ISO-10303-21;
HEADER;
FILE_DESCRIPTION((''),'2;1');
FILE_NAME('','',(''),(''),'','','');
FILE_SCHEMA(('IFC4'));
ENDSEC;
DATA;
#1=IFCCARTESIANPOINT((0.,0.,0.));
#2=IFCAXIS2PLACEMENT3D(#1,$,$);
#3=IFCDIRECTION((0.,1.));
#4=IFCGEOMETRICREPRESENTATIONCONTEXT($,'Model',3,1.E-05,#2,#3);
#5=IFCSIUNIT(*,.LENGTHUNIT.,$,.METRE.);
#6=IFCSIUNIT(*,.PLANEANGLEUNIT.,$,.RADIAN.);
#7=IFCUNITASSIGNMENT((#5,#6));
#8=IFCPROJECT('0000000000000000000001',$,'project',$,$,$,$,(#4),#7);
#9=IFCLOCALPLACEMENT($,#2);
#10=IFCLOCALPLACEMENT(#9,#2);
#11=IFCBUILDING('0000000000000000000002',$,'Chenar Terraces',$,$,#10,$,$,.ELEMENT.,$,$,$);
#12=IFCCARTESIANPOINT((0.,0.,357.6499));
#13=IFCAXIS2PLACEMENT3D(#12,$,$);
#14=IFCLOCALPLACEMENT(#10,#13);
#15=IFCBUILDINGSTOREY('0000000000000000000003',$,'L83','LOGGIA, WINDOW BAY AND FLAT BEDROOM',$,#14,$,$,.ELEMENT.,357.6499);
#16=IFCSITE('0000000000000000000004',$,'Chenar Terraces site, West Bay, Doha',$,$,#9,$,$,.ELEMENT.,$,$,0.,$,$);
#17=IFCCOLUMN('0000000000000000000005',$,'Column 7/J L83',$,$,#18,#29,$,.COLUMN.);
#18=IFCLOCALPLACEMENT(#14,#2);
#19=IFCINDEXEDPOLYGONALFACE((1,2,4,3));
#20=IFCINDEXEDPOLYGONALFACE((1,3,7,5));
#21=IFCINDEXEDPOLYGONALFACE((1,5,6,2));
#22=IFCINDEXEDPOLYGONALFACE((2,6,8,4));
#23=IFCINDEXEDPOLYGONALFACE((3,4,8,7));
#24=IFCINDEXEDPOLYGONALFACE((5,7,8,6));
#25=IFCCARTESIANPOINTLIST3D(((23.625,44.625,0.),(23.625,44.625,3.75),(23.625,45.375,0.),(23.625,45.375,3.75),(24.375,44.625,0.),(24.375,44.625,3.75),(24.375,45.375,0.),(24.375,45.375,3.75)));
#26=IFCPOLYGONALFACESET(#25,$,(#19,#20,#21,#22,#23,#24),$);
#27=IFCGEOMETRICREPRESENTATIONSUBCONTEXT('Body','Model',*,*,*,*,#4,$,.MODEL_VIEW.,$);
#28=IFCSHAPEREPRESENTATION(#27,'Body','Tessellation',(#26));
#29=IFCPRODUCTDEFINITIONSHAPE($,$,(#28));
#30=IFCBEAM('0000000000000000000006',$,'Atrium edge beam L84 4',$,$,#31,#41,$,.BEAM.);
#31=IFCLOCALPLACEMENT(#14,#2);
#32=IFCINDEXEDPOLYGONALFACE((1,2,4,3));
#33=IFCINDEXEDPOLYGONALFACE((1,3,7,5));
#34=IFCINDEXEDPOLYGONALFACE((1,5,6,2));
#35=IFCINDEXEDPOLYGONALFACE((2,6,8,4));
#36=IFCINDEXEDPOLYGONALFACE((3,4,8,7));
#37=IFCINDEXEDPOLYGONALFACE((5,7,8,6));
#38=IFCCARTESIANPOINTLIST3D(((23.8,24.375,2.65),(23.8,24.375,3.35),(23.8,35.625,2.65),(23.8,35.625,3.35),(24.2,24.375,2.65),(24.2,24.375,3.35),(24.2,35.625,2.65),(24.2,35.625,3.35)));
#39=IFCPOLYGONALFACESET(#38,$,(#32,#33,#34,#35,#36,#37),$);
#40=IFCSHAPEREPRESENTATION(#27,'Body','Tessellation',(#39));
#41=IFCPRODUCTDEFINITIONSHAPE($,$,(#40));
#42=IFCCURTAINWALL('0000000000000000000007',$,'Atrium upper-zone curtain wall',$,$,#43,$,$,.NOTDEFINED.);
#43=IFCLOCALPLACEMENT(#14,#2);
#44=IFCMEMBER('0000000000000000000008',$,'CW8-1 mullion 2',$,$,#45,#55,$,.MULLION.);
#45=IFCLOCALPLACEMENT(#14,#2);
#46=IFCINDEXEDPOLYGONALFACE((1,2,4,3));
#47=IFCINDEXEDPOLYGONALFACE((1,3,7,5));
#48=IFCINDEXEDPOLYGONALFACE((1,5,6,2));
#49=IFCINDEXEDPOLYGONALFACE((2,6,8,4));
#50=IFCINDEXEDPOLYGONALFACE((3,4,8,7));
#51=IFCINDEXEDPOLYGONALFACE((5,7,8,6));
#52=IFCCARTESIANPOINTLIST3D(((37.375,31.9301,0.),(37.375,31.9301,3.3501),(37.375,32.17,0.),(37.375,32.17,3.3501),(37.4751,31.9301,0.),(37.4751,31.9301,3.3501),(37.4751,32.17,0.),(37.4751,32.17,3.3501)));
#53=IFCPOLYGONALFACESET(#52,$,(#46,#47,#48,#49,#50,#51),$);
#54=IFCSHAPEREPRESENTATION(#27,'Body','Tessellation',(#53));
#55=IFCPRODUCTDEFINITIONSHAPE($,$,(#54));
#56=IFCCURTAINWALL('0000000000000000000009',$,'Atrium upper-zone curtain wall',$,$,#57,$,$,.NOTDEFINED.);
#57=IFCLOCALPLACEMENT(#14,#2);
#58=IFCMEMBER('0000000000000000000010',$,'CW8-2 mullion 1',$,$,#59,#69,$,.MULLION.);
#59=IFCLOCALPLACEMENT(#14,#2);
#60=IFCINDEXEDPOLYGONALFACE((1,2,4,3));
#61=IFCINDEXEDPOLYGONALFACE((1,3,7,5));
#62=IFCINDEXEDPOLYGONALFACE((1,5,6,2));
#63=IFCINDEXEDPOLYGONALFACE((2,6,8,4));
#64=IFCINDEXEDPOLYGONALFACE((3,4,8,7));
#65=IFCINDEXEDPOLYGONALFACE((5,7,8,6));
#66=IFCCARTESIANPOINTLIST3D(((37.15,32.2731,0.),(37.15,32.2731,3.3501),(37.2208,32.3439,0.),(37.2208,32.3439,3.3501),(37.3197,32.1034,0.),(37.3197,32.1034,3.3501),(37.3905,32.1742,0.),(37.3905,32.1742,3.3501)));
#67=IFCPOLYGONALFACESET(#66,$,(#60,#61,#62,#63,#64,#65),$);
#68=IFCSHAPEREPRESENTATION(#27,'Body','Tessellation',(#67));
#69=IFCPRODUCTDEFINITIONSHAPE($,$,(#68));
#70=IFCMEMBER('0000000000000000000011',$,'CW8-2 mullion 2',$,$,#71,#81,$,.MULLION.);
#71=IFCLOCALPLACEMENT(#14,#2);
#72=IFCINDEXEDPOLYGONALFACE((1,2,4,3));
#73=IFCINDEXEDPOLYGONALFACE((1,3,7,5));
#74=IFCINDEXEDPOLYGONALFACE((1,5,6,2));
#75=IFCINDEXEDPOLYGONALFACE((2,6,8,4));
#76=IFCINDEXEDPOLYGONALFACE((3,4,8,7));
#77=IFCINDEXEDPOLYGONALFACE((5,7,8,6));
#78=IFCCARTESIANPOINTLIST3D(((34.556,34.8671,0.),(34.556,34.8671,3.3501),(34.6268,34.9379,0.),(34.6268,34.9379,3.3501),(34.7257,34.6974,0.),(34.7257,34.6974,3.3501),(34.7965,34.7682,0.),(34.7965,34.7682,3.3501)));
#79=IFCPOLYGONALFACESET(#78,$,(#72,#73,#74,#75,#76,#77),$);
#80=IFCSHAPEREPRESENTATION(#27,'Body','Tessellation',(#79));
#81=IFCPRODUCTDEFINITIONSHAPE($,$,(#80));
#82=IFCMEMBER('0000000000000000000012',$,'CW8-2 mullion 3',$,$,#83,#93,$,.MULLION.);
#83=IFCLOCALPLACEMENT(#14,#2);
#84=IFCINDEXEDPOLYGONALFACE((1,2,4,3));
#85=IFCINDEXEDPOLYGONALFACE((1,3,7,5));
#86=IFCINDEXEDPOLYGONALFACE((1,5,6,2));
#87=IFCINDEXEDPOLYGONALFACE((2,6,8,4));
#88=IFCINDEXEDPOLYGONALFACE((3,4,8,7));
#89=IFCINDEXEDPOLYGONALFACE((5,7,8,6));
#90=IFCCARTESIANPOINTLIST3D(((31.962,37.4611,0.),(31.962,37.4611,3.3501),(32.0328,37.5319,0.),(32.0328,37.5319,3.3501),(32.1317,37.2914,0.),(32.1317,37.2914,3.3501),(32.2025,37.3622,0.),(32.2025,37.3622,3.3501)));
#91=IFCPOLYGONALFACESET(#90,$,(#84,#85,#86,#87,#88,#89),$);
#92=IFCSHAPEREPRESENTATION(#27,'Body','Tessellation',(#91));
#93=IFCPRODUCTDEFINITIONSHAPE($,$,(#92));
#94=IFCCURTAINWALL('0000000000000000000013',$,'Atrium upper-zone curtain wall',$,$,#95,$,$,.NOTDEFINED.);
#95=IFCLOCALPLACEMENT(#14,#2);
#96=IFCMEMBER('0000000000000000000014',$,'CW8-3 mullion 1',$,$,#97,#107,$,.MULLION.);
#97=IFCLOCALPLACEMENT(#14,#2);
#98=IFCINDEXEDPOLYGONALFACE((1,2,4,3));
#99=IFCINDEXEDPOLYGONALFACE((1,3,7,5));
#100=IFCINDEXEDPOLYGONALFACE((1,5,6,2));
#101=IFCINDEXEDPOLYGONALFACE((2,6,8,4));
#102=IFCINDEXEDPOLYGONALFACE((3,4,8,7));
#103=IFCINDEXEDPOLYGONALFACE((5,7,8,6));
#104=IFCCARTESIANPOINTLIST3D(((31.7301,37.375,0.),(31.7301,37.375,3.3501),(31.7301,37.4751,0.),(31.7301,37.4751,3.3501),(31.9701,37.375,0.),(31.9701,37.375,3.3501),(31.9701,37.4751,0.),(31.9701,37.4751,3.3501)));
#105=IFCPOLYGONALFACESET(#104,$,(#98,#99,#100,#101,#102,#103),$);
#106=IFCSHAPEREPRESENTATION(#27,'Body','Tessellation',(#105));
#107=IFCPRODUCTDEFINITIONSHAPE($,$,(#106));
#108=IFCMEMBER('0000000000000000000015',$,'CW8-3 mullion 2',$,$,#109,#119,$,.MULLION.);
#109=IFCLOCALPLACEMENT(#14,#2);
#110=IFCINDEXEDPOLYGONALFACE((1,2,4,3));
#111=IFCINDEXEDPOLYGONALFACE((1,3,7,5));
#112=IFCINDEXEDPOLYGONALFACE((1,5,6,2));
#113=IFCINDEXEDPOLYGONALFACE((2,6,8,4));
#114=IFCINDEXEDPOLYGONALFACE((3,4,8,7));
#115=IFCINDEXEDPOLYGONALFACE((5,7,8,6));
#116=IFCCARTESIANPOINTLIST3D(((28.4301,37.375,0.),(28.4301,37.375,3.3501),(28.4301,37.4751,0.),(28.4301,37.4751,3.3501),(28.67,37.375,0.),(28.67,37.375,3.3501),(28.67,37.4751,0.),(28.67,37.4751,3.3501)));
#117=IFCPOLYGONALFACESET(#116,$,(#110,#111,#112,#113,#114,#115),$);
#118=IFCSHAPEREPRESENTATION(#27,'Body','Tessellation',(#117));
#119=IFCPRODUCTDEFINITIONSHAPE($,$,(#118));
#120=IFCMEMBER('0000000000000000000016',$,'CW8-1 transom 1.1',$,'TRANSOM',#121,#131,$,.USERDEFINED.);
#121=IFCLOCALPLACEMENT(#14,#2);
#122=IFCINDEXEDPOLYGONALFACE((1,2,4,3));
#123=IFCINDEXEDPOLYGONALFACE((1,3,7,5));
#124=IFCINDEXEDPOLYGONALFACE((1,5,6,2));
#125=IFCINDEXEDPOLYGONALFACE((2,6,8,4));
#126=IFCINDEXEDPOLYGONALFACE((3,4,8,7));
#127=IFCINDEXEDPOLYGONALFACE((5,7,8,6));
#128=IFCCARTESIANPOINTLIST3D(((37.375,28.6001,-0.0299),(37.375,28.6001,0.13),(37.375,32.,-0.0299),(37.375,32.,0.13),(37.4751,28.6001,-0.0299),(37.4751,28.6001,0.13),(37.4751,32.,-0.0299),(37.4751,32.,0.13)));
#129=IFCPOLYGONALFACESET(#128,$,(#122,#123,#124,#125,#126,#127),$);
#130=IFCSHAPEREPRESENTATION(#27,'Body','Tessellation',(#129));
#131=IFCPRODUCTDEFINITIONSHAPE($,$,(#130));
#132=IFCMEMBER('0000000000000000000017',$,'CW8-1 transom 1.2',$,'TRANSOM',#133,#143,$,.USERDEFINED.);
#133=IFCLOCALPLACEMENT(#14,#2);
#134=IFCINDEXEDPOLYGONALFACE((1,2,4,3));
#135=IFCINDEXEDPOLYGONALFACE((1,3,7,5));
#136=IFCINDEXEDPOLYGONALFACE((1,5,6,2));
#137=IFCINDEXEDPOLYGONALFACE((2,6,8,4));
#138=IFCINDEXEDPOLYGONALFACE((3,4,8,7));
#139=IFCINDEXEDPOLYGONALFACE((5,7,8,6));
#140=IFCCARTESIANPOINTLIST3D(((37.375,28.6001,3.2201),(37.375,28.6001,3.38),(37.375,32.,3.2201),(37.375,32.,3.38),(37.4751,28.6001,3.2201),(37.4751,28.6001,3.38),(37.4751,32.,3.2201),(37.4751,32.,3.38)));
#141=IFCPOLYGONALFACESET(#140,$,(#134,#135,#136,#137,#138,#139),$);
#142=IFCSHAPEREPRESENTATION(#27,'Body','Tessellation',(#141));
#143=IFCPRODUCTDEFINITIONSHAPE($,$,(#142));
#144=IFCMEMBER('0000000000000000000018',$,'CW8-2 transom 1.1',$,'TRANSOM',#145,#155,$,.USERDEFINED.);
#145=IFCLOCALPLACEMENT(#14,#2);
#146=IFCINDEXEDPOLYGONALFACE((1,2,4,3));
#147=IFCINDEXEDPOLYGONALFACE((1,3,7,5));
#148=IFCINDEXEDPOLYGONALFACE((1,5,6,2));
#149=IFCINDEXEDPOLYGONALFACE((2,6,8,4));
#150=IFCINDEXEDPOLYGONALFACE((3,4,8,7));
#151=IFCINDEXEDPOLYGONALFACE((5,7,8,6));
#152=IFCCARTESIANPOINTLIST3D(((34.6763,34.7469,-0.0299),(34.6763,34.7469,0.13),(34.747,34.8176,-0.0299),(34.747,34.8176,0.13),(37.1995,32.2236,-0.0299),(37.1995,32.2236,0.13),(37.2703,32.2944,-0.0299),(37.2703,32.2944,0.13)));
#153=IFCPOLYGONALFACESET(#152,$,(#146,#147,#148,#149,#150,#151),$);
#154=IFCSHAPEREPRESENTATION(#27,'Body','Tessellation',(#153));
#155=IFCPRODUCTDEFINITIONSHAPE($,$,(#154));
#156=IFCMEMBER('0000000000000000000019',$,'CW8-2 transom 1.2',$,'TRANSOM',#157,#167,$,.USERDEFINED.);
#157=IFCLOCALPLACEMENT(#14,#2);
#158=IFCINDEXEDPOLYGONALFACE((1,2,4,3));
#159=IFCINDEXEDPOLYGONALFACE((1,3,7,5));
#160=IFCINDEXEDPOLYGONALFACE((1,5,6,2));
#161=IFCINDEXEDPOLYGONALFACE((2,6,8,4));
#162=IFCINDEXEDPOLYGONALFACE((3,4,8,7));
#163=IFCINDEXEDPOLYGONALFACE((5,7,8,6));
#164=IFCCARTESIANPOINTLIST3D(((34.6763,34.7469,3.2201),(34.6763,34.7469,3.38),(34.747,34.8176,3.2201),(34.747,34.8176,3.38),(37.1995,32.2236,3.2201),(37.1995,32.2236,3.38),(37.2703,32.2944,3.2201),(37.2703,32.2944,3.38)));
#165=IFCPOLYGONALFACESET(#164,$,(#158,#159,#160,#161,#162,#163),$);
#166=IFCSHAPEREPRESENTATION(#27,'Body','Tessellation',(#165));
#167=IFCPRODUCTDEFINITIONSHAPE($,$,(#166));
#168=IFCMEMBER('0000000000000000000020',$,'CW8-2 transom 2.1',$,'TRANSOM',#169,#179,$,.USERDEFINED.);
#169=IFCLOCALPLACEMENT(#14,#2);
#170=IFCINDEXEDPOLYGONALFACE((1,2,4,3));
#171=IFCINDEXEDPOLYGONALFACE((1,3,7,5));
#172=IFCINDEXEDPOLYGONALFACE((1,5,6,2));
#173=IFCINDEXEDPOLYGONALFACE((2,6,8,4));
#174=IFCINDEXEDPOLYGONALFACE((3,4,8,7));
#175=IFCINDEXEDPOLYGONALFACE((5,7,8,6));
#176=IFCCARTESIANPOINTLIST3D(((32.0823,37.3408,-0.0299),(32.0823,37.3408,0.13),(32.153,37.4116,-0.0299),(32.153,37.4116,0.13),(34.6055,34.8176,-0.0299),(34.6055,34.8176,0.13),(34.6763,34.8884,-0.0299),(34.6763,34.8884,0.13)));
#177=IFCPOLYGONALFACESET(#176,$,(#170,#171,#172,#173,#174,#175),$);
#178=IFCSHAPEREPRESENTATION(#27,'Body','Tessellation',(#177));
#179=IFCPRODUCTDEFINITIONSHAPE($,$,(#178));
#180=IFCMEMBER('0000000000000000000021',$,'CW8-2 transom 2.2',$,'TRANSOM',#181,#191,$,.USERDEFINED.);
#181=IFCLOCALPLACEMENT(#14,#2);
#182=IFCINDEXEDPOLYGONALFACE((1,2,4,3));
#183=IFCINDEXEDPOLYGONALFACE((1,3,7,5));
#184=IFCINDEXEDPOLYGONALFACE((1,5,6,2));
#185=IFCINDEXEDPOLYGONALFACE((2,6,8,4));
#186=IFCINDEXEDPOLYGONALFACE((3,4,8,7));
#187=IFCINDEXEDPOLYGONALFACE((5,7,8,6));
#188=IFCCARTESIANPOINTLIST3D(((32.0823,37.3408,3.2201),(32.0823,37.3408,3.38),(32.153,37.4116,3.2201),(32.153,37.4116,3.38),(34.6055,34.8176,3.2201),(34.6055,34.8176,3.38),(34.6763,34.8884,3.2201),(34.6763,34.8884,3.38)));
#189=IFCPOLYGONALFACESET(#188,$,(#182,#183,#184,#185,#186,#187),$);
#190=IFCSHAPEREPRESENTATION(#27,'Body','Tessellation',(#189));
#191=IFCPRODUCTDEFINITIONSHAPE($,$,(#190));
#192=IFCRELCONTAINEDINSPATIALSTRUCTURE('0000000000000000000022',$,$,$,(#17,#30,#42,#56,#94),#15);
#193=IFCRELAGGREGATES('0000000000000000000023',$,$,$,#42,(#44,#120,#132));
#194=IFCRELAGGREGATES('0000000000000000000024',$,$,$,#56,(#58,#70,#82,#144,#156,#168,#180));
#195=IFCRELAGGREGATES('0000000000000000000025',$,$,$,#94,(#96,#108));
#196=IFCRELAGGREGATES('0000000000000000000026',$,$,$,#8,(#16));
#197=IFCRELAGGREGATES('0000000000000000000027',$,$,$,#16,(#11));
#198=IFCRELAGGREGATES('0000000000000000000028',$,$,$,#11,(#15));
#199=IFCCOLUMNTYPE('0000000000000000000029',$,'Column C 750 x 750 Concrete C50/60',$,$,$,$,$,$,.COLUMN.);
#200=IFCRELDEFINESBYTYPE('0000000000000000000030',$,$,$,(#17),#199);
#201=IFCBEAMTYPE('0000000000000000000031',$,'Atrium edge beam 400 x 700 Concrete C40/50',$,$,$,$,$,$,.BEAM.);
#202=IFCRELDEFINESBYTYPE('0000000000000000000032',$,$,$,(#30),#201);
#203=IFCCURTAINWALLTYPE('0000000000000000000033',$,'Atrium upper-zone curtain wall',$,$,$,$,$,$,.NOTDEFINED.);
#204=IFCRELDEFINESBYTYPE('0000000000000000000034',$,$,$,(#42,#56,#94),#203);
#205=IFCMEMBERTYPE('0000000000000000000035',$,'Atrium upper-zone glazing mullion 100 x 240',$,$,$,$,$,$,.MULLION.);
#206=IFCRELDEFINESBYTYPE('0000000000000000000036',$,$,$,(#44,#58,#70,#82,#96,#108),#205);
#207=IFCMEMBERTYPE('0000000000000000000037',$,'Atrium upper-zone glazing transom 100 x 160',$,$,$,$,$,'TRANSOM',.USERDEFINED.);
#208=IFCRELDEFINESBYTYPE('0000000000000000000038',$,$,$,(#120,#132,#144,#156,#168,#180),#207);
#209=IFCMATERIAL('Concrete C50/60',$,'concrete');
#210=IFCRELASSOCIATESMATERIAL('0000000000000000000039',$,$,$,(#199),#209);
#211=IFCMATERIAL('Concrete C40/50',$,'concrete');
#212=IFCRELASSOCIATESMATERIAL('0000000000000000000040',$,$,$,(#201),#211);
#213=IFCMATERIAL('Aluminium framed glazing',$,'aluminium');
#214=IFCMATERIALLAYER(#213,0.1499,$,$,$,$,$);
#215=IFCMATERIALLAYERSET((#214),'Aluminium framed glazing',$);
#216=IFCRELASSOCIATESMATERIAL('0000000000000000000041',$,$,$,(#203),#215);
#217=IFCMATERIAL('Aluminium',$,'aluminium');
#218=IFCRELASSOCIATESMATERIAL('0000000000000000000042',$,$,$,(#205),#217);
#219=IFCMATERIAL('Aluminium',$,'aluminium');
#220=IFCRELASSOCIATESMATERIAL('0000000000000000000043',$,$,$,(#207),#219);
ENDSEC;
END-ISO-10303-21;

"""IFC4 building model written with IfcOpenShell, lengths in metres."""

from ifc_helpers import new_model, si_unit, direction, frame, origin, origin_2d, place, context, subcontext, project, spatial, rectangle, extrude, material, layer, layer_set, material_profile, profile_set, type_object, element, aggregate, save


model = new_model("IFC4")

# Units and contexts
model_context = context("Model", 3, precision=1e-05, world=origin(), true_north=direction((0.0, 1.0)))
body_context = subcontext(model_context, "Body", "Model", "MODEL_VIEW")
ifc_project = project(units=[si_unit("LENGTHUNIT", "METRE"), si_unit("PLANEANGLEUNIT", "RADIAN")], contexts=[model_context])

# Site, building, storey
site_placement = place(None, origin())
site = spatial("IfcSite", under=ifc_project, at=site_placement, Name="Chenar Terraces site, West Bay, Doha", CompositionType="ELEMENT", RefElevation=0.0)
building_placement = place(site_placement, origin())
building = spatial("IfcBuilding", under=site, at=building_placement, Name="Chenar Terraces", CompositionType="ELEMENT")
storey_placement = place(building_placement, frame((0.0, 0.0, 357.6499)))
storey = spatial("IfcBuildingStorey", under=building, at=storey_placement, Name="L83", Description="LOGGIA, WINDOW BAY AND FLAT BEDROOM", CompositionType="ELEMENT", Elevation=357.6499)

# Column
ifc_material_1 = material(Name="Concrete C50/60", Category="concrete")
ifc_material_profile_1 = material_profile(ifc_material_1, rectangle(XDim=0.75, YDim=0.75, at=origin_2d()), Name="C 750 x 750")
ifc_profile_set_1 = profile_set([ifc_material_profile_1], Name="Concrete C50/60")
column_type = type_object("IfcColumnType", Name="Column C 750 x 750 Concrete C50/60", PredefinedType="COLUMN", material=ifc_profile_set_1)
column_placement = place(storey_placement, frame((24.0, 45.0, 0.0), z_axis=(0.0, 0.0, 1.0), x_axis=(1.0, 0.0, 0.0)))
element("IfcColumn", 1, at=column_placement, inside=storey, type_object=column_type, Name="Column 7/J L83", PredefinedType="COLUMN", context=body_context, shape_type="SweptSolid", body=[
    extrude(rectangle(XDim=0.75, YDim=0.75, at=origin_2d()), origin(), (0.0, 0.0, 1.0), 3.75),
])

# Beam
ifc_material_2 = material(Name="Concrete C40/50", Category="concrete")
ifc_material_profile_2 = material_profile(ifc_material_2, rectangle(XDim=0.3999, YDim=0.7, at=origin_2d()), Name="RC 400 x 700")
ifc_profile_set_2 = profile_set([ifc_material_profile_2], Name="Concrete C40/50")
beam_type = type_object("IfcBeamType", Name="Atrium edge beam 400 x 700 Concrete C40/50", PredefinedType="BEAM", material=ifc_profile_set_2)
beam_placement = place(storey_placement, frame((24.0, 35.625, 3.0), z_axis=(0.0, -1.0, 0.0), x_axis=(1.0, 0.0, 0.0)))
element("IfcBeam", 2, at=beam_placement, inside=storey, type_object=beam_type, Name="Atrium edge beam L84 4", PredefinedType="BEAM", context=body_context, shape_type="SweptSolid", body=[
    extrude(rectangle(XDim=0.3999, YDim=0.7, at=origin_2d()), origin(), (0.0, 0.0, 1.0), 11.25),
])

# Curtain wall, member
ifc_material_3 = material(Name="Aluminium framed glazing", Category="aluminium")
ifc_layer_1 = layer(ifc_material_3, 0.1499)
ifc_layer_set_1 = layer_set([ifc_layer_1], Name="Aluminium framed glazing")
curtain_wall_type = type_object("IfcCurtainWallType", Name="Atrium upper-zone curtain wall", PredefinedType="NOTDEFINED", material=ifc_layer_set_1)
placement = place(storey_placement, origin())
curtain_wall_1 = element("IfcCurtainWall", 3, at=placement, inside=storey, type_object=curtain_wall_type, Name="Atrium upper-zone curtain wall", PredefinedType="NOTDEFINED")
ifc_material_4 = material(Name="Aluminium", Category="aluminium")
ifc_material_profile_3 = material_profile(ifc_material_4, rectangle(XDim=0.1001, YDim=0.24, at=origin_2d()), Name="Atrium upper-zone glazing mullion 100 x 240")
ifc_profile_set_3 = profile_set([ifc_material_profile_3], Name="Aluminium")
member_type_1 = type_object("IfcMemberType", Name="Atrium upper-zone glazing mullion 100 x 240", PredefinedType="MULLION", material=ifc_profile_set_3)
member_1_placement = place(storey_placement, frame((37.425, 32.05, 0.0), z_axis=(0.0, 0.0, 1.0), x_axis=(-1.0, 0.0, 0.0)))
member_1 = element("IfcMember", 4, at=member_1_placement, type_object=member_type_1, Name="CW8-1 mullion 2", PredefinedType="MULLION", context=body_context, shape_type="SweptSolid", body=[
    extrude(rectangle(XDim=0.1001, YDim=0.24, at=origin_2d()), origin(), (0.0, 0.0, 1.0), 3.3501),
])

# Curtain walls, members
curtain_wall_2 = element("IfcCurtainWall", 5, at=placement, inside=storey, type_object=curtain_wall_type, Name="Atrium upper-zone curtain wall", PredefinedType="NOTDEFINED")
member_2_placement = place(storey_placement, frame((37.2703, 32.2236, 0.0), z_axis=(0.0, 0.0, 1.0), x_axis=(-0.707107, -0.707107, 0.0)))
member_2 = element("IfcMember", 6, at=member_2_placement, type_object=member_type_1, Name="CW8-2 mullion 1", PredefinedType="MULLION", context=body_context, shape_type="SweptSolid", body=[
    extrude(rectangle(XDim=0.1001, YDim=0.24, at=origin_2d()), origin(), (0.0, 0.0, 1.0), 3.3501),
])
member_3_placement = place(storey_placement, frame((34.6763, 34.8176, 0.0), z_axis=(0.0, 0.0, 1.0), x_axis=(-0.707107, -0.707107, 0.0)))
member_3 = element("IfcMember", 7, at=member_3_placement, type_object=member_type_1, Name="CW8-2 mullion 2", PredefinedType="MULLION", context=body_context, shape_type="SweptSolid", body=[
    extrude(rectangle(XDim=0.1001, YDim=0.24, at=origin_2d()), origin(), (0.0, 0.0, 1.0), 3.3501),
])
member_4_placement = place(storey_placement, frame((32.0823, 37.4116, 0.0), z_axis=(0.0, 0.0, 1.0), x_axis=(-0.707107, -0.707107, 0.0)))
member_4 = element("IfcMember", 8, at=member_4_placement, type_object=member_type_1, Name="CW8-2 mullion 3", PredefinedType="MULLION", context=body_context, shape_type="SweptSolid", body=[
    extrude(rectangle(XDim=0.1001, YDim=0.24, at=origin_2d()), origin(), (0.0, 0.0, 1.0), 3.3501),
])
curtain_wall_3 = element("IfcCurtainWall", 9, at=placement, inside=storey, type_object=curtain_wall_type, Name="Atrium upper-zone curtain wall", PredefinedType="NOTDEFINED")
member_5_placement = place(storey_placement, frame((31.8501, 37.425, 0.0), z_axis=(0.0, 0.0, 1.0), x_axis=(0.0, -1.0, 0.0)))
member_5 = element("IfcMember", 10, at=member_5_placement, type_object=member_type_1, Name="CW8-3 mullion 1", PredefinedType="MULLION", context=body_context, shape_type="SweptSolid", body=[
    extrude(rectangle(XDim=0.1001, YDim=0.24, at=origin_2d()), origin(), (0.0, 0.0, 1.0), 3.3501),
])
member_6_placement = place(storey_placement, frame((28.55, 37.425, 0.0), z_axis=(0.0, 0.0, 1.0), x_axis=(0.0, -1.0, 0.0)))
member_6 = element("IfcMember", 11, at=member_6_placement, type_object=member_type_1, Name="CW8-3 mullion 2", PredefinedType="MULLION", context=body_context, shape_type="SweptSolid", body=[
    extrude(rectangle(XDim=0.1001, YDim=0.24, at=origin_2d()), origin(), (0.0, 0.0, 1.0), 3.3501),
])

# Members
ifc_material_5 = material(Name="Aluminium", Category="aluminium")
ifc_material_profile_4 = material_profile(ifc_material_5, rectangle(XDim=0.1001, YDim=0.1599, at=origin_2d()), Name="Atrium upper-zone glazing transom 100 x 160")
ifc_profile_set_4 = profile_set([ifc_material_profile_4], Name="Aluminium")
member_type_2 = type_object("IfcMemberType", Name="Atrium upper-zone glazing transom 100 x 160", ElementType="TRANSOM", PredefinedType="USERDEFINED", material=ifc_profile_set_4)
member_7_placement = place(storey_placement, frame((37.425, 28.6001, 0.05), z_axis=(0.0, 1.0, 0.0), x_axis=(-1.0, 0.0, 0.0)))
member_7 = element("IfcMember", 12, at=member_7_placement, type_object=member_type_2, Name="CW8-1 transom 1.1", ObjectType="TRANSOM", PredefinedType="USERDEFINED", context=body_context, shape_type="SweptSolid", body=[
    extrude(rectangle(XDim=0.1001, YDim=0.1599, at=origin_2d()), origin(), (0.0, 0.0, 1.0), 3.3999),
])
member_8_placement = place(storey_placement, frame((37.425, 28.6001, 3.3), z_axis=(0.0, 1.0, 0.0), x_axis=(-1.0, 0.0, 0.0)))
member_8 = element("IfcMember", 13, at=member_8_placement, type_object=member_type_2, Name="CW8-1 transom 1.2", ObjectType="TRANSOM", PredefinedType="USERDEFINED", context=body_context, shape_type="SweptSolid", body=[
    extrude(rectangle(XDim=0.1001, YDim=0.1599, at=origin_2d()), origin(), (0.0, 0.0, 1.0), 3.3999),
])
member_9_placement = place(storey_placement, frame((37.2349, 32.259, 0.05), z_axis=(-0.707107, 0.707107, 0.0), x_axis=(-0.707107, -0.707107, 0.0)))
member_9 = element("IfcMember", 14, at=member_9_placement, type_object=member_type_2, Name="CW8-2 transom 1.1", ObjectType="TRANSOM", PredefinedType="USERDEFINED", context=body_context, shape_type="SweptSolid", body=[
    extrude(rectangle(XDim=0.1001, YDim=0.1599, at=origin_2d()), origin(), (0.0, 0.0, 1.0), 3.5684),
])
member_10_placement = place(storey_placement, frame((37.2349, 32.259, 3.3), z_axis=(-0.707107, 0.707107, 0.0), x_axis=(-0.707107, -0.707107, 0.0)))
member_10 = element("IfcMember", 15, at=member_10_placement, type_object=member_type_2, Name="CW8-2 transom 1.2", ObjectType="TRANSOM", PredefinedType="USERDEFINED", context=body_context, shape_type="SweptSolid", body=[
    extrude(rectangle(XDim=0.1001, YDim=0.1599, at=origin_2d()), origin(), (0.0, 0.0, 1.0), 3.5684),
])
member_11_placement = place(storey_placement, frame((34.6409, 34.853, 0.05), z_axis=(-0.707107, 0.707107, 0.0), x_axis=(-0.707107, -0.707107, 0.0)))
member_11 = element("IfcMember", 16, at=member_11_placement, type_object=member_type_2, Name="CW8-2 transom 2.1", ObjectType="TRANSOM", PredefinedType="USERDEFINED", context=body_context, shape_type="SweptSolid", body=[
    extrude(rectangle(XDim=0.1001, YDim=0.1599, at=origin_2d()), origin(), (0.0, 0.0, 1.0), 3.5684),
])
member_12_placement = place(storey_placement, frame((34.6409, 34.853, 3.3), z_axis=(-0.707107, 0.707107, 0.0), x_axis=(-0.707107, -0.707107, 0.0)))
member_12 = element("IfcMember", 17, at=member_12_placement, type_object=member_type_2, Name="CW8-2 transom 2.2", ObjectType="TRANSOM", PredefinedType="USERDEFINED", context=body_context, shape_type="SweptSolid", body=[
    extrude(rectangle(XDim=0.1001, YDim=0.1599, at=origin_2d()), origin(), (0.0, 0.0, 1.0), 3.5684),
])

aggregate(curtain_wall_1, [member_1, member_7, member_8])
aggregate(curtain_wall_2, [member_2, member_3, member_4, member_9, member_10, member_11, member_12])
aggregate(curtain_wall_3, [member_5, member_6])

save(model, "model.ifc")
